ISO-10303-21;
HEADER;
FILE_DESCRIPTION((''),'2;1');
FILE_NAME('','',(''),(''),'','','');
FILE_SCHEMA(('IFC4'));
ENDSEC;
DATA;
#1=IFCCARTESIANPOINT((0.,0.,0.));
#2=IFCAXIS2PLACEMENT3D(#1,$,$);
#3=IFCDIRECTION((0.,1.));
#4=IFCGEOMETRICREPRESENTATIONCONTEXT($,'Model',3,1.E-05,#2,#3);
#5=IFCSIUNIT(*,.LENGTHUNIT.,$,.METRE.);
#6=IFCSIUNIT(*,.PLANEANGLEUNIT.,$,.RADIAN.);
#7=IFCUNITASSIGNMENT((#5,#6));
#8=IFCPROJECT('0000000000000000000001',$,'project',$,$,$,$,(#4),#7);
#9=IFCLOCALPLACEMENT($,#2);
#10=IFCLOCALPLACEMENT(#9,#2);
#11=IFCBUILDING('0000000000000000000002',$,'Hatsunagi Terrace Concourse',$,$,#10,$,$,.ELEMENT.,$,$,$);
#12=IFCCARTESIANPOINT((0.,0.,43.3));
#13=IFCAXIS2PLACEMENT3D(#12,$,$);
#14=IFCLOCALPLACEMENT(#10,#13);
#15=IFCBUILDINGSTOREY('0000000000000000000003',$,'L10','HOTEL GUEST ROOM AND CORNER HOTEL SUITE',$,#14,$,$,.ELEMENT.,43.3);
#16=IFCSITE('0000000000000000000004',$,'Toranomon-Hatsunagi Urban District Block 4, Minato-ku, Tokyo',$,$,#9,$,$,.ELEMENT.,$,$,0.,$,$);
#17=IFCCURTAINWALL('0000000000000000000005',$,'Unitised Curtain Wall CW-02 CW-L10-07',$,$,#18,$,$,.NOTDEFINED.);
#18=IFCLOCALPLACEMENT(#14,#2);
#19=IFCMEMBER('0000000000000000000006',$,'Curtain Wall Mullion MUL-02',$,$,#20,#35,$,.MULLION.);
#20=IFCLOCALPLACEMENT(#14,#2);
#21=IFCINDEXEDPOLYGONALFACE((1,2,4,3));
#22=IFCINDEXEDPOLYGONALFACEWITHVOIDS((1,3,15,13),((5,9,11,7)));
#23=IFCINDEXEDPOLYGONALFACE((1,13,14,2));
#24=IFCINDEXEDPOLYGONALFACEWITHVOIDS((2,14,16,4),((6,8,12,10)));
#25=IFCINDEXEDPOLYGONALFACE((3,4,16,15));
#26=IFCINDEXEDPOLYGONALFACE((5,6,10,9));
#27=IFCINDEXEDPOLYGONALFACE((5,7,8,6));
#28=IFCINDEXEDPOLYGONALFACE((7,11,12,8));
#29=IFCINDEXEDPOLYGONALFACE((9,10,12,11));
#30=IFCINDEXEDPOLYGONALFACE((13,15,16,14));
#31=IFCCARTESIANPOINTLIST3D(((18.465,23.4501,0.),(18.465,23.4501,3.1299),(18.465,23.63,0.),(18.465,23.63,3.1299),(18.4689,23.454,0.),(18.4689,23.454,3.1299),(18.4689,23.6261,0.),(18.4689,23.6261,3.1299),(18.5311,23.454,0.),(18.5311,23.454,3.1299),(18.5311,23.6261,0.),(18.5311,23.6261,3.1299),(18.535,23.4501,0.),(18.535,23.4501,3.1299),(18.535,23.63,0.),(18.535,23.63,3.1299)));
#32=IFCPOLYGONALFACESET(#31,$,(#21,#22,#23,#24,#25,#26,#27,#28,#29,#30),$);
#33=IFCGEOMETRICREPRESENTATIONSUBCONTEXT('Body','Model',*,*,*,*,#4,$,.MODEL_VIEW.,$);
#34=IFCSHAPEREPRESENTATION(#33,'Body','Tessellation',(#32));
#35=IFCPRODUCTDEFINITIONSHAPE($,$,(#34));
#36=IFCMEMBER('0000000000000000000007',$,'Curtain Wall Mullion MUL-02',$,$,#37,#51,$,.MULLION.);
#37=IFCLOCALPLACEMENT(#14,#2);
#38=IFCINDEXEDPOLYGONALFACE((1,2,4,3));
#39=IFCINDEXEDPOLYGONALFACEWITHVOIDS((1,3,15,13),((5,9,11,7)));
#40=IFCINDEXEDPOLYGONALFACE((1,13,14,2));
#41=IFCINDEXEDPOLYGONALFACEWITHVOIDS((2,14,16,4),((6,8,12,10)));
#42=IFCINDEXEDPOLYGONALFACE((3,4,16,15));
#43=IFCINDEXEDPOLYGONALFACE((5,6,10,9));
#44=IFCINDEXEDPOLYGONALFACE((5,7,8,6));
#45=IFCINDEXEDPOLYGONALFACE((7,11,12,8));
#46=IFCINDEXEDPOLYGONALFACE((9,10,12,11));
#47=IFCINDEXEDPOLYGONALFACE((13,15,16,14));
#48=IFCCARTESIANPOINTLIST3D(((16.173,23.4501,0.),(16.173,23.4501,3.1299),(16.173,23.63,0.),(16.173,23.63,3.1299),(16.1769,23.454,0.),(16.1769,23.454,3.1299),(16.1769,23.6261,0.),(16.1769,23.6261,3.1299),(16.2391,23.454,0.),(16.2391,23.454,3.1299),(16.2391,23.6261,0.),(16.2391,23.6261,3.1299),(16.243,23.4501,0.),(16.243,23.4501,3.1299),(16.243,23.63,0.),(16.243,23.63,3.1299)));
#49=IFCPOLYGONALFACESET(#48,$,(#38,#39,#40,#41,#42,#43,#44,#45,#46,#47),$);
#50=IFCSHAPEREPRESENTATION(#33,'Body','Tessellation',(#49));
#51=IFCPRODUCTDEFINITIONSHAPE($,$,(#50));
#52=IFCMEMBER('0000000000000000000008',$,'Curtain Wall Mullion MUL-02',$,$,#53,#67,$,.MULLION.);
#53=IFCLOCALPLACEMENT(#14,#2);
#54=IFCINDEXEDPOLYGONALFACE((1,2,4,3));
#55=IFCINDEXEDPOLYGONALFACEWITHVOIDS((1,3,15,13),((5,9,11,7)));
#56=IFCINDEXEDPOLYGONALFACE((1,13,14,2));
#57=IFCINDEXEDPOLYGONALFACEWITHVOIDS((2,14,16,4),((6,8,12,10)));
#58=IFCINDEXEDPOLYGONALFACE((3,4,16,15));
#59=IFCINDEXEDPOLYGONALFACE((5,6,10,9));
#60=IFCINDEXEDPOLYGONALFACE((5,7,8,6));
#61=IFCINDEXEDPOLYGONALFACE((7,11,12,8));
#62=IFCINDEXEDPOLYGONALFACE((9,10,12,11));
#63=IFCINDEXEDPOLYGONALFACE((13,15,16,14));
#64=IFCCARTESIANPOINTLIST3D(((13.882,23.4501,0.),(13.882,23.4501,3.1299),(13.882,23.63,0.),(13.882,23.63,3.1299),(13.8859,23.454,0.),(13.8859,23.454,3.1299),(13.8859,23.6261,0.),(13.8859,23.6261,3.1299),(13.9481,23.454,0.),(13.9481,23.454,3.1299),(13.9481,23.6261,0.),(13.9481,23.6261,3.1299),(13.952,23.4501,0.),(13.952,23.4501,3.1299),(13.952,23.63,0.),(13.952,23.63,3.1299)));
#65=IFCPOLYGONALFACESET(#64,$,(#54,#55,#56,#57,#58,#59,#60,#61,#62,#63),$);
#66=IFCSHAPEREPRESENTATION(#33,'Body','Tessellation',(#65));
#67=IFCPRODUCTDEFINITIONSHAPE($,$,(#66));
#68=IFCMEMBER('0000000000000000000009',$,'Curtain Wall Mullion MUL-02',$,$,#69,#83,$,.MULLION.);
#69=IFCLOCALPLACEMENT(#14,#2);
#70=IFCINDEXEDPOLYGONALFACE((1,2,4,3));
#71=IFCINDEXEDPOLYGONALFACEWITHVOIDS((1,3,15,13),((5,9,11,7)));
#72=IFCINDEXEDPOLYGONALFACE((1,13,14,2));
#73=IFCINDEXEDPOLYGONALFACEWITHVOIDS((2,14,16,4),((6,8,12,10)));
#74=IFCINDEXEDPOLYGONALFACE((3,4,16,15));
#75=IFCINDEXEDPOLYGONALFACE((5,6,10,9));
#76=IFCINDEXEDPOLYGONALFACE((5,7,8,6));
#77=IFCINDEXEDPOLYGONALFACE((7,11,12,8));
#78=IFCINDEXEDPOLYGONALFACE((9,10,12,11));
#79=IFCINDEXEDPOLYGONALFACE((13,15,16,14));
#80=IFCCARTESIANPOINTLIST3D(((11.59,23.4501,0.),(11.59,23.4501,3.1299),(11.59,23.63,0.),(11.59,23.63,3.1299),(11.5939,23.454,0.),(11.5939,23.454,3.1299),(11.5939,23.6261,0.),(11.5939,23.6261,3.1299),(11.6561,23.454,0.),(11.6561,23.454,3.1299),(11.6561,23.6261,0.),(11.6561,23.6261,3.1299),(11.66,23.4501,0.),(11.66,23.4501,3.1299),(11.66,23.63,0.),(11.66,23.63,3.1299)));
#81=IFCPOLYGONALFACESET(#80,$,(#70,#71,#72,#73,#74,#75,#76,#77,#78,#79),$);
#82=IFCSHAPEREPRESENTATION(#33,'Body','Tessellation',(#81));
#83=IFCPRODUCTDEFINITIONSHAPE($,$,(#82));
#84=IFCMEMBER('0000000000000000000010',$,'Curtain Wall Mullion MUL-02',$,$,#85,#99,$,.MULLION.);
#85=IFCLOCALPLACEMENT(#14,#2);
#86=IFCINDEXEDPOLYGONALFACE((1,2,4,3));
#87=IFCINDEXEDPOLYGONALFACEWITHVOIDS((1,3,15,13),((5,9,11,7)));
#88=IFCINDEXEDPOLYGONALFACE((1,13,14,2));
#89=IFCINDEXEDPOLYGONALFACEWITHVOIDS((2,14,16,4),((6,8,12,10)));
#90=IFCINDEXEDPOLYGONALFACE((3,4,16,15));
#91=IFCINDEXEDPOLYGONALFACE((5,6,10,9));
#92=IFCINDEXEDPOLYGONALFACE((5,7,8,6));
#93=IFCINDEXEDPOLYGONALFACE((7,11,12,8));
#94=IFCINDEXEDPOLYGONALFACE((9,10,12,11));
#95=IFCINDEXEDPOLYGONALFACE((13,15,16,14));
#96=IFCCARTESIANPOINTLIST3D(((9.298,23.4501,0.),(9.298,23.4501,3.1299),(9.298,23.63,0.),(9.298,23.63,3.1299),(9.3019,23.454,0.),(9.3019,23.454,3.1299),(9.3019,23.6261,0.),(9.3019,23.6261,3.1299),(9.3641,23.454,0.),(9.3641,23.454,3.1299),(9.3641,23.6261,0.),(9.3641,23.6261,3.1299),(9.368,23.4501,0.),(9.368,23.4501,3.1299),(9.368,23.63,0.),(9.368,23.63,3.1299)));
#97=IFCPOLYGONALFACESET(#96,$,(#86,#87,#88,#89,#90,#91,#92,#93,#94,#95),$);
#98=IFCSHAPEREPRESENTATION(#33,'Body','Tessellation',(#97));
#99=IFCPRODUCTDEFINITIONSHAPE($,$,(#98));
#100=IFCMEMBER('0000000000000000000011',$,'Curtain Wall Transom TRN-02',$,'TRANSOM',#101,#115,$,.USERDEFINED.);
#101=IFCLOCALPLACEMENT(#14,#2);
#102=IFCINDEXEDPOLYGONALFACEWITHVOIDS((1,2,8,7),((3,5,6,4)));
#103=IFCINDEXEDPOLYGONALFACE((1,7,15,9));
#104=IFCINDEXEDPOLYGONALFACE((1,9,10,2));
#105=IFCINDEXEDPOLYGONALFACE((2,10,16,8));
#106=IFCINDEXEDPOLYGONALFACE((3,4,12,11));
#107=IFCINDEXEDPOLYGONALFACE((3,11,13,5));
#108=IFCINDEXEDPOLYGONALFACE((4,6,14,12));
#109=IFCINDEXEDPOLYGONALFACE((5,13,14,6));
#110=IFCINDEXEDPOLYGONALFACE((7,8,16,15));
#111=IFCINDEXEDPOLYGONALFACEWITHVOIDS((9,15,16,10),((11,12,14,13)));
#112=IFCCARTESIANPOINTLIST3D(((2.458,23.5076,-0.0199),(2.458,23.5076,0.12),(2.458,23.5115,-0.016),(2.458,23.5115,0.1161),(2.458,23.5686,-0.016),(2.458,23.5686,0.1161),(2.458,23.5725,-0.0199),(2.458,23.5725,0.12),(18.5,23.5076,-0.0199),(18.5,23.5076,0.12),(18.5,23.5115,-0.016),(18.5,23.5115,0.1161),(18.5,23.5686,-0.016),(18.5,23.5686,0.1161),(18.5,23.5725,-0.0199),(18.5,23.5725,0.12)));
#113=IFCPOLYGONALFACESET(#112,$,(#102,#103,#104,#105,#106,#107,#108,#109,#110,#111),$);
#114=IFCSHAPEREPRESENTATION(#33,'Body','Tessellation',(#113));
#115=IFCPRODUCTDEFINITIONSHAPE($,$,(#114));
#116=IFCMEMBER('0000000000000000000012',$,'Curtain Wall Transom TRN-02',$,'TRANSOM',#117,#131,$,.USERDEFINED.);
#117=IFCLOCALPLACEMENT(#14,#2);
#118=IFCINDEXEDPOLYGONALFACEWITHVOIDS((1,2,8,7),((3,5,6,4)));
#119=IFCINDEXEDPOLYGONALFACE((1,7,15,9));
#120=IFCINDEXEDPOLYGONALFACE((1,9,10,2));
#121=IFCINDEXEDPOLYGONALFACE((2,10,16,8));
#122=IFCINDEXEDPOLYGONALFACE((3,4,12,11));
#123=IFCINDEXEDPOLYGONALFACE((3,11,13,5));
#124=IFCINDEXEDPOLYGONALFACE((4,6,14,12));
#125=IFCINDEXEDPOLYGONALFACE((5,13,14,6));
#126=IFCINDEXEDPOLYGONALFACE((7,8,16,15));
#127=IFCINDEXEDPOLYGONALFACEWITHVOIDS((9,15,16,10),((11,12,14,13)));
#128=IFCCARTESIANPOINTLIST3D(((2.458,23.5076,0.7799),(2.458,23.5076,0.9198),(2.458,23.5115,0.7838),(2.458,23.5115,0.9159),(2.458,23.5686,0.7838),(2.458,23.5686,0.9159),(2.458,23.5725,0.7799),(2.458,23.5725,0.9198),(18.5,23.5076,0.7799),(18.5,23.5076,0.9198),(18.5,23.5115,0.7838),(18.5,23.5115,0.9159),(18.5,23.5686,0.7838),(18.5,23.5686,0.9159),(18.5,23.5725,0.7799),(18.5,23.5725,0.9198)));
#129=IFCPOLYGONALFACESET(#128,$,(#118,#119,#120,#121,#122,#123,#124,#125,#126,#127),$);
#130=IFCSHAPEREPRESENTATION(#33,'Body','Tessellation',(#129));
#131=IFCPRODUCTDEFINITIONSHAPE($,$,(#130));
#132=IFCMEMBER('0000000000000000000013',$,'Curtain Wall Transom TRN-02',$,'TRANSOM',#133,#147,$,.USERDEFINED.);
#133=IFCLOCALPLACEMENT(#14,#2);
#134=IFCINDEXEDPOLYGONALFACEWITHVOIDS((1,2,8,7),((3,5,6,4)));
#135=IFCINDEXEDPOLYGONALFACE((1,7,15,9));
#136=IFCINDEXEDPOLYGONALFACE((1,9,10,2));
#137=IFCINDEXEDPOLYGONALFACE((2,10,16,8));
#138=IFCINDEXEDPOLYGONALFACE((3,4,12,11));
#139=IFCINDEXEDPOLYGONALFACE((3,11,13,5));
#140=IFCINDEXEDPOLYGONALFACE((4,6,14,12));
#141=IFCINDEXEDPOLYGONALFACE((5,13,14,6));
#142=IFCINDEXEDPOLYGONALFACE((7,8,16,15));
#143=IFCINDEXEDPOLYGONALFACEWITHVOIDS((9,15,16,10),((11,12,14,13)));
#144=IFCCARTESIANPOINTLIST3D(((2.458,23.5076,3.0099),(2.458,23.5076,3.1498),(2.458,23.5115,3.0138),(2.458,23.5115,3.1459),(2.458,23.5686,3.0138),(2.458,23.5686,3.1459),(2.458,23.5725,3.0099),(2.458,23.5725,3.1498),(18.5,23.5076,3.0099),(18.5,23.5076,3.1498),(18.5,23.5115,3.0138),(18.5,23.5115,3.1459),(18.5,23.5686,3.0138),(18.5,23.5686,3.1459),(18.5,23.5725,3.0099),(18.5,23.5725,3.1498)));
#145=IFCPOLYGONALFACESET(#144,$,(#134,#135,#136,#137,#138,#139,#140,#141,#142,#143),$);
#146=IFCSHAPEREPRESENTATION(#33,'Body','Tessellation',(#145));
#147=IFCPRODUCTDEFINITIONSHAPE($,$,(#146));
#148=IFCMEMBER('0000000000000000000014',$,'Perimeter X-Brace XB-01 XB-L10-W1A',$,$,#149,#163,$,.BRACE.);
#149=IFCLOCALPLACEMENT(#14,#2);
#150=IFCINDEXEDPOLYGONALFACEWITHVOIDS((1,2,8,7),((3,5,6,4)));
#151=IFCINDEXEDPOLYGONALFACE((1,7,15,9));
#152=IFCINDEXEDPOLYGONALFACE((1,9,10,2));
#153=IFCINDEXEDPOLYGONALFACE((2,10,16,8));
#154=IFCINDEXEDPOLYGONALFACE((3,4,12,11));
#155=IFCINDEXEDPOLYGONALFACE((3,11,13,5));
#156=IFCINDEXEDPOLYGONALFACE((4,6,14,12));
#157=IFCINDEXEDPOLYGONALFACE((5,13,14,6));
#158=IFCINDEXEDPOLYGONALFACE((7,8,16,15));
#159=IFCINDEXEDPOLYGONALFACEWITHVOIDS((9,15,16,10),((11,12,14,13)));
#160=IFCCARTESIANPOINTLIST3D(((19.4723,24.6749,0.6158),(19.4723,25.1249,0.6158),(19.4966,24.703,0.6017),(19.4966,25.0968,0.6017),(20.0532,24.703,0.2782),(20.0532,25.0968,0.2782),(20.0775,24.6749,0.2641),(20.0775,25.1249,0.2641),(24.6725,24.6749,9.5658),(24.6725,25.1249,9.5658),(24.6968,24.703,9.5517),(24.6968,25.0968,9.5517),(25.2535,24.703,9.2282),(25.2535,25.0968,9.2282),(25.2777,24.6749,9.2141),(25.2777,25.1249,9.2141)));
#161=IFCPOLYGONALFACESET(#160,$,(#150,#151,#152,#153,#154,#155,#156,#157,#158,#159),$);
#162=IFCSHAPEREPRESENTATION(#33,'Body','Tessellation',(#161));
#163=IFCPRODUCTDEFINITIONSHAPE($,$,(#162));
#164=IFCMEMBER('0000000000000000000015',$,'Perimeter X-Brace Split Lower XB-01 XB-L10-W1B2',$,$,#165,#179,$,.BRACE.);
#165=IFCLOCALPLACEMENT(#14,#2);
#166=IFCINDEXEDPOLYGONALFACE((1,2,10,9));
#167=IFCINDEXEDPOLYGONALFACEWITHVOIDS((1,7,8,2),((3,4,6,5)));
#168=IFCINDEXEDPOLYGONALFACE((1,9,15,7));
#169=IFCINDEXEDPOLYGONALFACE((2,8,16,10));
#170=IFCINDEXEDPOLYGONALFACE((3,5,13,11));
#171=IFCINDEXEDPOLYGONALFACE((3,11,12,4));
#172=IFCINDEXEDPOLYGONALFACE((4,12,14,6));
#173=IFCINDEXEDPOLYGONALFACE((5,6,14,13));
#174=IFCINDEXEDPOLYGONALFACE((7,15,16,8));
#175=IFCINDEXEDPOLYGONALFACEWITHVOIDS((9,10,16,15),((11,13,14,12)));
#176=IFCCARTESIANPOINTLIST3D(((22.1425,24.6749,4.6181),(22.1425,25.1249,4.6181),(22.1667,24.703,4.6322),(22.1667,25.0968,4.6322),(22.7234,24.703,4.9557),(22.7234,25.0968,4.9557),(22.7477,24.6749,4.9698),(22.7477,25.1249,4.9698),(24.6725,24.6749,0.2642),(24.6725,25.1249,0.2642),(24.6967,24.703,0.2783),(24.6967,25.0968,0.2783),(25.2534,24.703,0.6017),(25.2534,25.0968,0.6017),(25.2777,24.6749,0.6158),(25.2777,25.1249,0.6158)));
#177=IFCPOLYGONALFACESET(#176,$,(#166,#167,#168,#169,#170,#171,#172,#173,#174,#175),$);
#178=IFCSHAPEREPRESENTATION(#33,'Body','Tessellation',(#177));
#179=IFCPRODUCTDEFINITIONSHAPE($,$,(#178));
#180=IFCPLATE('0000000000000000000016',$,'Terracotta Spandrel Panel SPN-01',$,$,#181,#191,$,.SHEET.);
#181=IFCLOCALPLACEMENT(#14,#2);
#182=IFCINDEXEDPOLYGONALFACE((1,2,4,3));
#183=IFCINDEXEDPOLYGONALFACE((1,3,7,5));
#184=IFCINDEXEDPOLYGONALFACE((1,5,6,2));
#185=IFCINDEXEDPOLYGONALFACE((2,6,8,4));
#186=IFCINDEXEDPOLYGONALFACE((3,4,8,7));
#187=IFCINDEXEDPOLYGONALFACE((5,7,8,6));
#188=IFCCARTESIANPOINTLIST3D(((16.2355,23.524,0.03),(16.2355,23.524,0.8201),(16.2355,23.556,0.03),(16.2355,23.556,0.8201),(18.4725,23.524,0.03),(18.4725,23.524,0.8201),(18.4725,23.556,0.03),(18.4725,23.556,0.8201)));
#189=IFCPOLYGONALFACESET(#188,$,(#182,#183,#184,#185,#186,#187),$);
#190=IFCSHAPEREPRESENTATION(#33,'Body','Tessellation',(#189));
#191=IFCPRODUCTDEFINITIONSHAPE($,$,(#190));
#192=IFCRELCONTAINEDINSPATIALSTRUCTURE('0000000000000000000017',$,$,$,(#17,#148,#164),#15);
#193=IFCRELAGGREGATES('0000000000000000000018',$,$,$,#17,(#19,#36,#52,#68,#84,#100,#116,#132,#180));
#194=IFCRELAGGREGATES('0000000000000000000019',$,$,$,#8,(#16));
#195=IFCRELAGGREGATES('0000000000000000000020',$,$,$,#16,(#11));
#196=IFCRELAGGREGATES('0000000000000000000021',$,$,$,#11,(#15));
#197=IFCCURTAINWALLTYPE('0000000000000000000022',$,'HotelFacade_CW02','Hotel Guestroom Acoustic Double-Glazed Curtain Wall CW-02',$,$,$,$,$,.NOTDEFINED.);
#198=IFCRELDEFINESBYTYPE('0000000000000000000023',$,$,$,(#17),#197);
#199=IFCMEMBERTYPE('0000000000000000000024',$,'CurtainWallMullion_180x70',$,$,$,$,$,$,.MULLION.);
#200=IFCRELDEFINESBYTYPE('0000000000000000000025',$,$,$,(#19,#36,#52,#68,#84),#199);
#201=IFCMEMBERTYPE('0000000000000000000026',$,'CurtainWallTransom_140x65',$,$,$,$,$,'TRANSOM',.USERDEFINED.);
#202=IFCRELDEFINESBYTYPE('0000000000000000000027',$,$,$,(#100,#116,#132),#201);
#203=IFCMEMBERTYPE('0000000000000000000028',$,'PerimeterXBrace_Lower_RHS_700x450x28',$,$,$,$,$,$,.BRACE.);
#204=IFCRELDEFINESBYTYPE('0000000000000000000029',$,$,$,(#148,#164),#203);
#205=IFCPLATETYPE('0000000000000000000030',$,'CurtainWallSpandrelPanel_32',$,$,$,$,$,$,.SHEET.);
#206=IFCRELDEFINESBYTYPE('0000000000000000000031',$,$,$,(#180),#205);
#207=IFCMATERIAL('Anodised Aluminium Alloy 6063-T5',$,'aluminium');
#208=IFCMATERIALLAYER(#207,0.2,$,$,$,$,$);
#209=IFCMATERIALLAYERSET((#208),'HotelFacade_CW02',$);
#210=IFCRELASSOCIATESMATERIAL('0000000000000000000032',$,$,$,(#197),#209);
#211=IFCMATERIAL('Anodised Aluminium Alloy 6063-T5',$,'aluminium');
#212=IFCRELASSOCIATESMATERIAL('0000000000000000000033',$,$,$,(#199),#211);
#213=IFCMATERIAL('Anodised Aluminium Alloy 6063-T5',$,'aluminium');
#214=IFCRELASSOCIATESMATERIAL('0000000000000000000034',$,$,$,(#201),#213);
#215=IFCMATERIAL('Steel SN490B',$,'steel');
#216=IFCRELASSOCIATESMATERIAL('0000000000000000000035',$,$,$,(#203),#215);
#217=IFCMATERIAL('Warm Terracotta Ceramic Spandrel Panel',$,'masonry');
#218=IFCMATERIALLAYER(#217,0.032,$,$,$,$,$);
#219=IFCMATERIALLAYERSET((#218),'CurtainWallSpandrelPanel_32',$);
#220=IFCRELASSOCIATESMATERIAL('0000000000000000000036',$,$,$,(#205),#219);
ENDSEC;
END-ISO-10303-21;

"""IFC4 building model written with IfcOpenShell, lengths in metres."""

from ifc_helpers import new_model, si_unit, direction, frame, origin, origin_2d, place, context, subcontext, project, spatial, rectangle, hollow_rectangle, extrude, material, layer, layer_set, material_profile, profile_set, type_object, element, aggregate, save


model = new_model("IFC4")

# Units and contexts
model_context = context("Model", 3, precision=1e-05, world=origin(), true_north=direction((0.0, 1.0)))
body_context = subcontext(model_context, "Body", "Model", "MODEL_VIEW")
ifc_project = project(units=[si_unit("LENGTHUNIT", "METRE"), si_unit("PLANEANGLEUNIT", "RADIAN")], contexts=[model_context])

# Site, building, storey
site_placement = place(None, origin())
site = spatial("IfcSite", under=ifc_project, at=site_placement, Name="Toranomon-Hatsunagi Urban District Block 4, Minato-ku, Tokyo", CompositionType="ELEMENT", RefElevation=0.0)
building_placement = place(site_placement, origin())
building = spatial("IfcBuilding", under=site, at=building_placement, Name="Hatsunagi Terrace Concourse", CompositionType="ELEMENT")
storey_placement = place(building_placement, frame((0.0, 0.0, 43.3)))
storey = spatial("IfcBuildingStorey", under=building, at=storey_placement, Name="L10", Description="HOTEL GUEST ROOM AND CORNER HOTEL SUITE", CompositionType="ELEMENT", Elevation=43.3)

# Curtain wall, members
ifc_material_1 = material(Name="Anodised Aluminium Alloy 6063-T5", Category="aluminium")
ifc_layer_1 = layer(ifc_material_1, 0.2)
ifc_layer_set_1 = layer_set([ifc_layer_1], Name="HotelFacade_CW02")
curtain_wall_type = type_object("IfcCurtainWallType", Name="HotelFacade_CW02", Description="Hotel Guestroom Acoustic Double-Glazed Curtain Wall CW-02", PredefinedType="NOTDEFINED", material=ifc_layer_set_1)
curtain_wall_placement = place(storey_placement, origin())
curtain_wall = element("IfcCurtainWall", 1, at=curtain_wall_placement, inside=storey, type_object=curtain_wall_type, Name="Unitised Curtain Wall CW-02 CW-L10-07", PredefinedType="NOTDEFINED")
ifc_material_2 = material(Name="Anodised Aluminium Alloy 6063-T5", Category="aluminium")
ifc_material_profile_1 = material_profile(ifc_material_2, hollow_rectangle(XDim=0.0701, YDim=0.1799, WallThickness=0.0039, at=origin_2d()), Name="ALU-MUL-180x70x4")
ifc_profile_set_1 = profile_set([ifc_material_profile_1], Name="Anodised Aluminium Alloy 6063-T5")
member_type_1 = type_object("IfcMemberType", Name="CurtainWallMullion_180x70", PredefinedType="MULLION", material=ifc_profile_set_1)
member_1_placement = place(storey_placement, frame((18.5, 23.54, 0.0), z_axis=(0.0, 0.0, 1.0), x_axis=(-1.0, 0.0, 0.0)))
member_1 = element("IfcMember", 2, at=member_1_placement, type_object=member_type_1, Name="Curtain Wall Mullion MUL-02", PredefinedType="MULLION", context=body_context, shape_type="SweptSolid", body=[
    extrude(hollow_rectangle(XDim=0.0701, YDim=0.1799, WallThickness=0.0039, at=origin_2d()), origin(), (0.0, 0.0, 1.0), 3.1299),
])
member_2_placement = place(storey_placement, frame((16.208, 23.54, 0.0), z_axis=(0.0, 0.0, 1.0), x_axis=(-1.0, 0.0, 0.0)))
member_2 = element("IfcMember", 3, at=member_2_placement, type_object=member_type_1, Name="Curtain Wall Mullion MUL-02", PredefinedType="MULLION", context=body_context, shape_type="SweptSolid", body=[
    extrude(hollow_rectangle(XDim=0.0701, YDim=0.1799, WallThickness=0.0039, at=origin_2d()), origin(), (0.0, 0.0, 1.0), 3.1299),
])
member_3_placement = place(storey_placement, frame((13.917, 23.54, 0.0), z_axis=(0.0, 0.0, 1.0), x_axis=(-1.0, 0.0, 0.0)))
member_3 = element("IfcMember", 4, at=member_3_placement, type_object=member_type_1, Name="Curtain Wall Mullion MUL-02", PredefinedType="MULLION", context=body_context, shape_type="SweptSolid", body=[
    extrude(hollow_rectangle(XDim=0.0701, YDim=0.1799, WallThickness=0.0039, at=origin_2d()), origin(), (0.0, 0.0, 1.0), 3.1299),
])
member_4_placement = place(storey_placement, frame((11.625, 23.54, 0.0), z_axis=(0.0, 0.0, 1.0), x_axis=(-1.0, 0.0, 0.0)))
member_4 = element("IfcMember", 5, at=member_4_placement, type_object=member_type_1, Name="Curtain Wall Mullion MUL-02", PredefinedType="MULLION", context=body_context, shape_type="SweptSolid", body=[
    extrude(hollow_rectangle(XDim=0.0701, YDim=0.1799, WallThickness=0.0039, at=origin_2d()), origin(), (0.0, 0.0, 1.0), 3.1299),
])
member_5_placement = place(storey_placement, frame((9.333, 23.54, 0.0), z_axis=(0.0, 0.0, 1.0), x_axis=(-1.0, 0.0, 0.0)))
member_5 = element("IfcMember", 6, at=member_5_placement, type_object=member_type_1, Name="Curtain Wall Mullion MUL-02", PredefinedType="MULLION", context=body_context, shape_type="SweptSolid", body=[
    extrude(hollow_rectangle(XDim=0.0701, YDim=0.1799, WallThickness=0.0039, at=origin_2d()), origin(), (0.0, 0.0, 1.0), 3.1299),
])
ifc_material_3 = material(Name="Anodised Aluminium Alloy 6063-T5", Category="aluminium")
ifc_material_profile_2 = material_profile(ifc_material_3, hollow_rectangle(XDim=0.0649, YDim=0.1399, WallThickness=0.0039, at=origin_2d()), Name="ALU-TRN-140x65x4")
ifc_profile_set_2 = profile_set([ifc_material_profile_2], Name="Anodised Aluminium Alloy 6063-T5")
member_type_2 = type_object("IfcMemberType", Name="CurtainWallTransom_140x65", ElementType="TRANSOM", PredefinedType="USERDEFINED", material=ifc_profile_set_2)
member_6_placement = place(storey_placement, frame((18.5, 23.54, 0.05), z_axis=(-1.0, 0.0, 0.0), x_axis=(0.0, -1.0, 0.0)))
member_6 = element("IfcMember", 7, at=member_6_placement, type_object=member_type_2, Name="Curtain Wall Transom TRN-02", ObjectType="TRANSOM", PredefinedType="USERDEFINED", context=body_context, shape_type="SweptSolid", body=[
    extrude(hollow_rectangle(XDim=0.0649, YDim=0.1399, WallThickness=0.0039, at=origin_2d()), origin(), (0.0, 0.0, 1.0), 16.042),
])
member_7_placement = place(storey_placement, frame((18.5, 23.54, 0.8499), z_axis=(-1.0, 0.0, 0.0), x_axis=(0.0, -1.0, 0.0)))
member_7 = element("IfcMember", 8, at=member_7_placement, type_object=member_type_2, Name="Curtain Wall Transom TRN-02", ObjectType="TRANSOM", PredefinedType="USERDEFINED", context=body_context, shape_type="SweptSolid", body=[
    extrude(hollow_rectangle(XDim=0.0649, YDim=0.1399, WallThickness=0.0039, at=origin_2d()), origin(), (0.0, 0.0, 1.0), 16.042),
])
member_8_placement = place(storey_placement, frame((18.5, 23.54, 3.0798), z_axis=(-1.0, 0.0, 0.0), x_axis=(0.0, -1.0, 0.0)))
member_8 = element("IfcMember", 9, at=member_8_placement, type_object=member_type_2, Name="Curtain Wall Transom TRN-02", ObjectType="TRANSOM", PredefinedType="USERDEFINED", context=body_context, shape_type="SweptSolid", body=[
    extrude(hollow_rectangle(XDim=0.0649, YDim=0.1399, WallThickness=0.0039, at=origin_2d()), origin(), (0.0, 0.0, 1.0), 16.042),
])

# Members
ifc_material_4 = material(Name="Steel SN490B", Category="steel")
ifc_material_profile_3 = material_profile(ifc_material_4, hollow_rectangle(XDim=0.45, YDim=0.7, WallThickness=0.0281, at=origin_2d()), Name="RHS-700x450x28")
ifc_profile_set_3 = profile_set([ifc_material_profile_3], Name="Steel SN490B")
member_type_3 = type_object("IfcMemberType", Name="PerimeterXBrace_Lower_RHS_700x450x28", PredefinedType="BRACE", material=ifc_profile_set_3)
member_9_placement = place(storey_placement, frame((19.7749, 24.8999, 0.4399), z_axis=(0.502385, 0.0, 0.864644), x_axis=(0.0, 1.0, 0.0)))
element("IfcMember", 10, at=member_9_placement, inside=storey, type_object=member_type_3, Name="Perimeter X-Brace XB-01 XB-L10-W1A", PredefinedType="BRACE", context=body_context, shape_type="SweptSolid", body=[
    extrude(hollow_rectangle(XDim=0.45, YDim=0.7, WallThickness=0.0281, at=origin_2d()), origin(), (0.0, 0.0, 1.0), 10.3511),
])
member_10_placement = place(storey_placement, frame((22.4451, 24.8999, 4.7939), z_axis=(0.502417, 0.0, -0.864625), x_axis=(0.0, 1.0, 0.0)))
element("IfcMember", 11, at=member_10_placement, inside=storey, type_object=member_type_3, Name="Perimeter X-Brace Split Lower XB-01 XB-L10-W1B2", PredefinedType="BRACE", context=body_context, shape_type="SweptSolid", body=[
    extrude(hollow_rectangle(XDim=0.45, YDim=0.7, WallThickness=0.0281, at=origin_2d()), origin(), (0.0, 0.0, 1.0), 5.0356),
])

# Plate
ifc_material_5 = material(Name="Warm Terracotta Ceramic Spandrel Panel", Category="masonry")
ifc_layer_2 = layer(ifc_material_5, 0.032)
ifc_layer_set_2 = layer_set([ifc_layer_2], Name="CurtainWallSpandrelPanel_32")
plate_type_1 = type_object("IfcPlateType", Name="CurtainWallSpandrelPanel_32", PredefinedType="SHEET", material=ifc_layer_set_2)
plate_1_placement = place(storey_placement, frame((17.354, 23.54, 0.03), z_axis=(0.0, 0.0, 1.0), x_axis=(-1.0, 0.0, 0.0)))
plate_1 = element("IfcPlate", 12, at=plate_1_placement, type_object=plate_type_1, Name="Terracotta Spandrel Panel SPN-01", PredefinedType="SHEET", context=body_context, shape_type="SweptSolid", body=[
    extrude(rectangle(XDim=2.2371, YDim=0.032, at=origin_2d()), origin(), (0.0, 0.0, 1.0), 0.79),
])
aggregate(curtain_wall, [member_1, member_2, member_3, member_4, member_5, member_6, member_7, member_8, plate_1])

save(model, "model.ifc")
